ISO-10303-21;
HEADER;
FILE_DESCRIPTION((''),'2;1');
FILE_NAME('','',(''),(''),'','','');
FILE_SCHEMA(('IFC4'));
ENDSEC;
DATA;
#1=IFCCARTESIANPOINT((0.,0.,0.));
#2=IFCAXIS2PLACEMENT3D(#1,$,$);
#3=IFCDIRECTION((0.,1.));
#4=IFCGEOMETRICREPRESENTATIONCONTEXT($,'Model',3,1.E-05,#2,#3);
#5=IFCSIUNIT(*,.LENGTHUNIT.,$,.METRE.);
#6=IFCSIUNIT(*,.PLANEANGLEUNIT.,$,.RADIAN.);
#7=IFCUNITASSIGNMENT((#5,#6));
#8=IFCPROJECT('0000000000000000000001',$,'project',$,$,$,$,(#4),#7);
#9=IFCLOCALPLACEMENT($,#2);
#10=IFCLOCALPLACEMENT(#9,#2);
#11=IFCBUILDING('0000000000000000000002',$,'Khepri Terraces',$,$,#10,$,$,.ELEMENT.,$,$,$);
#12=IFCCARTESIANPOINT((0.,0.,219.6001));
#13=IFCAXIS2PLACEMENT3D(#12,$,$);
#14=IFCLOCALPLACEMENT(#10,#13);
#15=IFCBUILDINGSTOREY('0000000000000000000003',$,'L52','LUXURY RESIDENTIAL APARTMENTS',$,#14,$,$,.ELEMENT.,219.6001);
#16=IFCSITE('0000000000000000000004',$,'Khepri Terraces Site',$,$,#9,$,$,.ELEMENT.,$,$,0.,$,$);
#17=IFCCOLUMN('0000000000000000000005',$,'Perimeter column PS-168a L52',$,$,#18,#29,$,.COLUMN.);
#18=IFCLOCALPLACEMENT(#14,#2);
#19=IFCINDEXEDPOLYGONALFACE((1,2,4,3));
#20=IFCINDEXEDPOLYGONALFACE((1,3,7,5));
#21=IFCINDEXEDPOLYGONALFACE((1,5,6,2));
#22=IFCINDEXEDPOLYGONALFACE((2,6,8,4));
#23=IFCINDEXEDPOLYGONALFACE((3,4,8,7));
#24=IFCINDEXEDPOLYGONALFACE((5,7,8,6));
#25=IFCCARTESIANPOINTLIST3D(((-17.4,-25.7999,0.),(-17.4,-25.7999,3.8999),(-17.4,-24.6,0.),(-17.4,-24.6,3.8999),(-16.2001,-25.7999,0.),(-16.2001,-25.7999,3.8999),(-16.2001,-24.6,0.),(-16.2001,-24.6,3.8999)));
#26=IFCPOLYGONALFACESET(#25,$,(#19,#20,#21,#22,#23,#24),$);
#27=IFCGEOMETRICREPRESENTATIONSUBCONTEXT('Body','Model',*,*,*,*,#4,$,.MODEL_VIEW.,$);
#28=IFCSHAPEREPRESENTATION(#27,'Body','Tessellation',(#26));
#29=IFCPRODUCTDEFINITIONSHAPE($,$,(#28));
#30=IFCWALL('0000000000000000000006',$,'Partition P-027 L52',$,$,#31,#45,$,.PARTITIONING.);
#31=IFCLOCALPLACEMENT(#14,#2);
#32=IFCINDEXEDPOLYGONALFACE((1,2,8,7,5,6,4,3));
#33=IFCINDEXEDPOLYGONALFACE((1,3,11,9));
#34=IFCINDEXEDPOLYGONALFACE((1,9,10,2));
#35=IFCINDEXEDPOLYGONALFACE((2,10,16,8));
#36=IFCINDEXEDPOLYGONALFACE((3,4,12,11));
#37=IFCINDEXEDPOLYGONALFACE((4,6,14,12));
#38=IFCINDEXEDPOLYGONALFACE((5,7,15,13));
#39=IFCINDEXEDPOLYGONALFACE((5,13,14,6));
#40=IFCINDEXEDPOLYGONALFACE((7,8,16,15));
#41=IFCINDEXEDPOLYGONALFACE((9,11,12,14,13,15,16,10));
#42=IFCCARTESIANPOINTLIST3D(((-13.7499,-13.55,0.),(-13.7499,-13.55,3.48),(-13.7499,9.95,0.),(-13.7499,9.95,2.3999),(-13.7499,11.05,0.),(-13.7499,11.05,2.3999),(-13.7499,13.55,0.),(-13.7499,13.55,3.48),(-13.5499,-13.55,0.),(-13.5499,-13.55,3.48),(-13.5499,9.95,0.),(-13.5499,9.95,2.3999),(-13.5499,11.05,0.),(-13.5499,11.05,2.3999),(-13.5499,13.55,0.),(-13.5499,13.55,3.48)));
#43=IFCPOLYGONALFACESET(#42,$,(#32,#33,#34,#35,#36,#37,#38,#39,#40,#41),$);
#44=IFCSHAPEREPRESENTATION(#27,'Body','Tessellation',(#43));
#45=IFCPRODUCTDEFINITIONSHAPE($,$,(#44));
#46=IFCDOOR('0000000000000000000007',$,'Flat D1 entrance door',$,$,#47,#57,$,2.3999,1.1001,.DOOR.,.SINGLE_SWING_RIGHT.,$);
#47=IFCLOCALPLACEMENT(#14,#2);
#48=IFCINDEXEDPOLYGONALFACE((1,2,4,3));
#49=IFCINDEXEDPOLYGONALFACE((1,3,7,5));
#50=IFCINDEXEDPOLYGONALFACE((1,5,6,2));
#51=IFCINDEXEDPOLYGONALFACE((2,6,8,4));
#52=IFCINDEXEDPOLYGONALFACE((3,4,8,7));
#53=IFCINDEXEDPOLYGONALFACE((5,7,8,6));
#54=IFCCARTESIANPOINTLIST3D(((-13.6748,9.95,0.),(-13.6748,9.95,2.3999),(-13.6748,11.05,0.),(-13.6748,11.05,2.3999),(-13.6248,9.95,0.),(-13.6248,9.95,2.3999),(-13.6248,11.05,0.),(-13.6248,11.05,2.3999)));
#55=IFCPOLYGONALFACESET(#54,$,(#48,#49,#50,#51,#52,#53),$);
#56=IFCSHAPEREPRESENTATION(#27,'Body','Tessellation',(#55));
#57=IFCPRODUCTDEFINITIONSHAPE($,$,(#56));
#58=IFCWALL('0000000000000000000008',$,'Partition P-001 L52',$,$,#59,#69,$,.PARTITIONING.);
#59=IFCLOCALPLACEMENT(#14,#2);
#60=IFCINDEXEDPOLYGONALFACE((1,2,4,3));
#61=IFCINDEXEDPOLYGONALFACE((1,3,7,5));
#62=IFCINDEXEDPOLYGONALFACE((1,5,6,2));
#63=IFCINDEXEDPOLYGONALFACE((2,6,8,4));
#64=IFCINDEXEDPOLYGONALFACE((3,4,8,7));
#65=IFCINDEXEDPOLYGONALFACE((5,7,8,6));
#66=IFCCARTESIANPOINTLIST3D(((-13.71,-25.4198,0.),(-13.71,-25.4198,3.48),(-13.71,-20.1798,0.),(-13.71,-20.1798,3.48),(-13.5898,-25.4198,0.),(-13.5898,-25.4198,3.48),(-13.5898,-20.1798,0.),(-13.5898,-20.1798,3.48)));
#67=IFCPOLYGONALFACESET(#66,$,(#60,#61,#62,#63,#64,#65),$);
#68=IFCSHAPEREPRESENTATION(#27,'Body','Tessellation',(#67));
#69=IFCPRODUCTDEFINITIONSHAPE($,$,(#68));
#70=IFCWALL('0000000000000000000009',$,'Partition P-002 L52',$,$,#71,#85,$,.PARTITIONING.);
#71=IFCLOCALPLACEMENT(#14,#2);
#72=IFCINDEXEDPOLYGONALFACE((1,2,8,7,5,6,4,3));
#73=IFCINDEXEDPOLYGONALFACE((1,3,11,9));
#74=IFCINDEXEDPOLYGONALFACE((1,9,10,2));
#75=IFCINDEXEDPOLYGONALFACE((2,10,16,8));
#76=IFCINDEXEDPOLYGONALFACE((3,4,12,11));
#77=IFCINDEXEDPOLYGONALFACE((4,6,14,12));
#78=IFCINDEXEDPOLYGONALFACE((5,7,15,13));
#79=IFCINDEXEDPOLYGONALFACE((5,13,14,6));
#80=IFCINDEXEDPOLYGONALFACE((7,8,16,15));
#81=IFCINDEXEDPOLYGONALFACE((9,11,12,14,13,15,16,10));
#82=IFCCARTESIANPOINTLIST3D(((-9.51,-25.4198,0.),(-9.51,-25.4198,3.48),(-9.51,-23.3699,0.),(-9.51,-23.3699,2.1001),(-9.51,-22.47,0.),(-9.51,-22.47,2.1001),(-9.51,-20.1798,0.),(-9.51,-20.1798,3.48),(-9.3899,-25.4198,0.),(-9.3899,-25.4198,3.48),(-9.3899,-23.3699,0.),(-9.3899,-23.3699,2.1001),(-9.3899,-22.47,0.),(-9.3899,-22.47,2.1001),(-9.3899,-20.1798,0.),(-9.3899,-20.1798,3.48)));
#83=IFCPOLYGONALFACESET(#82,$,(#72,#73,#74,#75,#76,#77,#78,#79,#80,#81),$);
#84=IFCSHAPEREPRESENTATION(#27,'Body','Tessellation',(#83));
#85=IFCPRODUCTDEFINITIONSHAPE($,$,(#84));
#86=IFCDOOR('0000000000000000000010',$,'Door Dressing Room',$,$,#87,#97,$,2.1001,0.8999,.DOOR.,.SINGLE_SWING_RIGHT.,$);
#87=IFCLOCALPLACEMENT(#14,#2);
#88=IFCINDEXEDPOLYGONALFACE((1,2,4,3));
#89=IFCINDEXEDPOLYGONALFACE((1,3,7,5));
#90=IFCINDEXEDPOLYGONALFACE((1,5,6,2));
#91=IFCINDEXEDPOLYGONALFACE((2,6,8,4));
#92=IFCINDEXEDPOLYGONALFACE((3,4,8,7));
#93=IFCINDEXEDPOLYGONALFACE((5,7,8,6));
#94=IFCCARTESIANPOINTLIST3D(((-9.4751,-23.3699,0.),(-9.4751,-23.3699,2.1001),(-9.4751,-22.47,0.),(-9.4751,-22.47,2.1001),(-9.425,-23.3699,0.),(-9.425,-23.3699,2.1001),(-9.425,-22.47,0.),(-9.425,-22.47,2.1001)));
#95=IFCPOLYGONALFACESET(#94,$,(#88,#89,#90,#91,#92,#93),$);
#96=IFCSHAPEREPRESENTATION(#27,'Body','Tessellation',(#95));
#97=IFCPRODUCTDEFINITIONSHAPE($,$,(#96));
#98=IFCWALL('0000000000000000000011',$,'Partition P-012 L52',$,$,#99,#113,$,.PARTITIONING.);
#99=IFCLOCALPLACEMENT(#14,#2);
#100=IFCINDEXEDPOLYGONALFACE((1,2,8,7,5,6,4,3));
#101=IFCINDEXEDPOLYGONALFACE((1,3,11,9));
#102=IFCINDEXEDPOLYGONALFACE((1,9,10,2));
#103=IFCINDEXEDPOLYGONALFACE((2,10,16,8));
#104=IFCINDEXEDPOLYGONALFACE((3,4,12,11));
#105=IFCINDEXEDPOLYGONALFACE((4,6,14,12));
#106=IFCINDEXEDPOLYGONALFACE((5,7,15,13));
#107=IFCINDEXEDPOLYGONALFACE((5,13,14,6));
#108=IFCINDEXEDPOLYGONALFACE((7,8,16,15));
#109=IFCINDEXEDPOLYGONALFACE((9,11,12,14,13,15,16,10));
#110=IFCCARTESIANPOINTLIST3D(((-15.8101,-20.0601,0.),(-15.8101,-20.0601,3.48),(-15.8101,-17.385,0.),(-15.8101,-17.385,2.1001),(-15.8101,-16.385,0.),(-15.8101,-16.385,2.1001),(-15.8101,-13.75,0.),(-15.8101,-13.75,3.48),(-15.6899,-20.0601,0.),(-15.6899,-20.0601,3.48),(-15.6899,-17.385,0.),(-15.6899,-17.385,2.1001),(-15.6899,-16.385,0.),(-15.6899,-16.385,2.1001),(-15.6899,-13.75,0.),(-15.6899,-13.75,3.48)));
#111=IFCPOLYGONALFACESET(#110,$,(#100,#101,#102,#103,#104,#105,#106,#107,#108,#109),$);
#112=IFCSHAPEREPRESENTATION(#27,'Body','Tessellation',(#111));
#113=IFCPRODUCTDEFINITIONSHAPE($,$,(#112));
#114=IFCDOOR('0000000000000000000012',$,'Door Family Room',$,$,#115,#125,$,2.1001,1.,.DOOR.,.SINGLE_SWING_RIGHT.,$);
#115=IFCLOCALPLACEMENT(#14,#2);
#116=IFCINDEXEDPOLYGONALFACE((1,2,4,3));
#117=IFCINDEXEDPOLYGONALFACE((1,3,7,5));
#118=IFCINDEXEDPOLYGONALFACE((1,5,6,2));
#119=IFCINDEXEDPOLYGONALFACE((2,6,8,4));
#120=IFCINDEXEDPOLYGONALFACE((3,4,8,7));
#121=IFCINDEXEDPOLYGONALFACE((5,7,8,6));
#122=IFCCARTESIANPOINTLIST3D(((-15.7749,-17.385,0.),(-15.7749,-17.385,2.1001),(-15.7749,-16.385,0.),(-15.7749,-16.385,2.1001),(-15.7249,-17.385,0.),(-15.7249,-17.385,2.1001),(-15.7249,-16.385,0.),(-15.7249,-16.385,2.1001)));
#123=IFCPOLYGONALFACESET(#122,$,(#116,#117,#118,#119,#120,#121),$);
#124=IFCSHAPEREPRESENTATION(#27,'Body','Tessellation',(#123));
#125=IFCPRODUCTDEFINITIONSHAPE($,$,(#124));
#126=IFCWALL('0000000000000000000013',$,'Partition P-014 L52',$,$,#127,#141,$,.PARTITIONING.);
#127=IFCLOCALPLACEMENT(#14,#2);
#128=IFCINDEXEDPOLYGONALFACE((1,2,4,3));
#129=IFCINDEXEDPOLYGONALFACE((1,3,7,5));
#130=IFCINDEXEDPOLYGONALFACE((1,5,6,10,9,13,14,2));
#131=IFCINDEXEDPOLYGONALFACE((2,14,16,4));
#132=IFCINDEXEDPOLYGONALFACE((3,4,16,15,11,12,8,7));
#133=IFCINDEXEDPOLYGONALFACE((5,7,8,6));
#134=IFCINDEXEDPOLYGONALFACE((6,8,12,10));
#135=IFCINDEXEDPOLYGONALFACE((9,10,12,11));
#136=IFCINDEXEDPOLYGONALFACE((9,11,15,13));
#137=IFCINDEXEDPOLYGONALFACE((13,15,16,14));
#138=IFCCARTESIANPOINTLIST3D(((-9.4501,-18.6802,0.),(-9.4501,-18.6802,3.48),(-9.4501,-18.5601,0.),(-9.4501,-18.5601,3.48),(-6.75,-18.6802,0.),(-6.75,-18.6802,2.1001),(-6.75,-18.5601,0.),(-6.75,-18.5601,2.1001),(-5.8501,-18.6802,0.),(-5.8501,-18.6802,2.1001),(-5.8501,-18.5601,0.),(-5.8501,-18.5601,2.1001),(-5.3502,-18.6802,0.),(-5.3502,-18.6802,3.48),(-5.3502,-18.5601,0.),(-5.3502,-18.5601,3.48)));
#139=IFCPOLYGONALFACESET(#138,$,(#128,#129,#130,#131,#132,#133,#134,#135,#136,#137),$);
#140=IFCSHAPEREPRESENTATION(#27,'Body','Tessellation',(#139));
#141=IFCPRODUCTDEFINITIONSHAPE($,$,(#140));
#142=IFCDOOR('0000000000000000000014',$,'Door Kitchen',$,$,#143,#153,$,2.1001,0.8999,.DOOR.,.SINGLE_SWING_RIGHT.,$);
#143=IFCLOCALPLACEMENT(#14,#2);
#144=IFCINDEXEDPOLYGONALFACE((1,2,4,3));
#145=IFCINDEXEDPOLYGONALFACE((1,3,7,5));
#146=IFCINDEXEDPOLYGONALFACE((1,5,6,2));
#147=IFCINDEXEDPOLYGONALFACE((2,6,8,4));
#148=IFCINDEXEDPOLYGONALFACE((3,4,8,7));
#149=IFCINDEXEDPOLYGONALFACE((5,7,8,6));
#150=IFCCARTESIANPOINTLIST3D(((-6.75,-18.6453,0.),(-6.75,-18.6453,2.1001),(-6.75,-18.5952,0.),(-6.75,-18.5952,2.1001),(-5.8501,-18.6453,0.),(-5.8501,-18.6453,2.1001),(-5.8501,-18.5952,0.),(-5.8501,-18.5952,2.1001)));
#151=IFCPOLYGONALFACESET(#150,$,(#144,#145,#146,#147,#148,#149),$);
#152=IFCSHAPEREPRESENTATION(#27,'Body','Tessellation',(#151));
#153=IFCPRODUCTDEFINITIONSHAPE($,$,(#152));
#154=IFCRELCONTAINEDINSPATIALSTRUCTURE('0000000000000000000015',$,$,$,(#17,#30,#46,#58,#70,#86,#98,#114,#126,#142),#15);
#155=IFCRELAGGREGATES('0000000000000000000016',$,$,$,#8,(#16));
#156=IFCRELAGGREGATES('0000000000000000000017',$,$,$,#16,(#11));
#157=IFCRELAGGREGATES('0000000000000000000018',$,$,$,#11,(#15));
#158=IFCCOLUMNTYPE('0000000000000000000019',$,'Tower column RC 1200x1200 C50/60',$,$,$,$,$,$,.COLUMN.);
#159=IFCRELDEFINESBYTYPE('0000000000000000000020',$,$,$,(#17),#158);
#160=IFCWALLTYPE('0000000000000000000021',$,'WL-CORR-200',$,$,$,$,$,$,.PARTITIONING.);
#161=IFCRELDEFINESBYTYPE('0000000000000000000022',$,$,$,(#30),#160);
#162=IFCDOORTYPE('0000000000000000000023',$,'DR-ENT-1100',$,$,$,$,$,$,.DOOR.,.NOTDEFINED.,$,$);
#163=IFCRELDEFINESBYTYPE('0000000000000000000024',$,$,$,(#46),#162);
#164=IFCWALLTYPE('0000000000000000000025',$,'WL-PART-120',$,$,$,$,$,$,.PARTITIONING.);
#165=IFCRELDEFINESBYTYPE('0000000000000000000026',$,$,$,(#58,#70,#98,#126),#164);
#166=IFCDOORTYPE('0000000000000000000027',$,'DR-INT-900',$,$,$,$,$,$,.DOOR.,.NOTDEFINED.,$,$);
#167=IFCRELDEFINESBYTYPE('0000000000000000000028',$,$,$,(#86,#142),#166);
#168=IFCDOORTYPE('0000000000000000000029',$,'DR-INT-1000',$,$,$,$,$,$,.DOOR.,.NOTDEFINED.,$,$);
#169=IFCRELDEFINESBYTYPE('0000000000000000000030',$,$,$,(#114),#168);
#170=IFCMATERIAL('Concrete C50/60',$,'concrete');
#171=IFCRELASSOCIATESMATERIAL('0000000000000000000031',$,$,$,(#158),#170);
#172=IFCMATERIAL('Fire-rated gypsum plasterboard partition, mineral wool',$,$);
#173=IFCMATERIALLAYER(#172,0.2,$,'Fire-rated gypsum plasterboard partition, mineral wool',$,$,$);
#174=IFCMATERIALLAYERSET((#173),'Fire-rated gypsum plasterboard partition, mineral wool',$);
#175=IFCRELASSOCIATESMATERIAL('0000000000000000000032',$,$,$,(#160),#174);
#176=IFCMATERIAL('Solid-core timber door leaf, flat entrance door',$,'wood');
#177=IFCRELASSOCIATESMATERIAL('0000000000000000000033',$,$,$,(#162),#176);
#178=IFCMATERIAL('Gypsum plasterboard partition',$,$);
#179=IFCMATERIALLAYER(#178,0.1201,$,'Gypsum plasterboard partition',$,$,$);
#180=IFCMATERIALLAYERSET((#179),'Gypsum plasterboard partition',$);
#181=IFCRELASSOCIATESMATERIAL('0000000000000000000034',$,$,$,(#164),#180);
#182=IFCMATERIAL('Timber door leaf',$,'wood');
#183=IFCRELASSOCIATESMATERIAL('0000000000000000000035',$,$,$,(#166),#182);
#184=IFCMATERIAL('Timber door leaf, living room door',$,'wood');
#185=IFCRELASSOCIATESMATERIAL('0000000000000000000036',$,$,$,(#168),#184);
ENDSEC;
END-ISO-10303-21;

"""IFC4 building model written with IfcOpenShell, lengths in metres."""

from ifc_helpers import new_model, si_unit, direction, frame, frame_2d, origin, origin_2d, place, context, subcontext, project, spatial, rectangle, extrude, material, layer, layer_set, material_profile, profile_set, type_object, element, fill, save


model = new_model("IFC4")

# Units and contexts
model_context = context("Model", 3, precision=1e-05, world=origin(), true_north=direction((0.0, 1.0)))
body_context = subcontext(model_context, "Body", "Model", "MODEL_VIEW")
ifc_project = project(units=[si_unit("LENGTHUNIT", "METRE"), si_unit("PLANEANGLEUNIT", "RADIAN")], contexts=[model_context])

# Site, building, storey
site_placement = place(None, origin())
site = spatial("IfcSite", under=ifc_project, at=site_placement, Name="Khepri Terraces Site", CompositionType="ELEMENT", RefElevation=0.0)
building_placement = place(site_placement, origin())
building = spatial("IfcBuilding", under=site, at=building_placement, Name="Khepri Terraces", CompositionType="ELEMENT")
storey_placement = place(building_placement, frame((0.0, 0.0, 219.6001)))
storey = spatial("IfcBuildingStorey", under=building, at=storey_placement, Name="L52", Description="LUXURY RESIDENTIAL APARTMENTS", CompositionType="ELEMENT", Elevation=219.6001)

# Column
ifc_material_1 = material(Name="Concrete C50/60", Category="concrete")
ifc_material_profile = material_profile(ifc_material_1, rectangle(XDim=1.2, YDim=1.2, at=origin_2d()), Name="Concrete C50/60", Category="concrete")
ifc_profile_set = profile_set([ifc_material_profile], Name="Concrete C50/60")
column_type = type_object("IfcColumnType", Name="Tower column RC 1200x1200 C50/60", PredefinedType="COLUMN", material=ifc_profile_set)
column_placement = place(storey_placement, frame((-16.8, -25.2, 0.0), z_axis=(0.0, 0.0, 1.0), x_axis=(1.0, 0.0, 0.0)))
element("IfcColumn", 1, at=column_placement, inside=storey, type_object=column_type, Name="Perimeter column PS-168a L52", PredefinedType="COLUMN", context=body_context, shape_type="SweptSolid", body=[
    extrude(rectangle(XDim=1.2, YDim=1.2, at=origin_2d()), origin(), (0.0, 0.0, 1.0), 3.8999),
])

# Wall, opening, door
ifc_material_2 = material(Name="Fire-rated gypsum plasterboard partition, mineral wool")
ifc_layer_1 = layer(ifc_material_2, 0.2, Name="Fire-rated gypsum plasterboard partition, mineral wool")
ifc_layer_set_1 = layer_set([ifc_layer_1], Name="Fire-rated gypsum plasterboard partition, mineral wool")
wall_type_1 = type_object("IfcWallType", Name="WL-CORR-200", PredefinedType="PARTITIONING", material=ifc_layer_set_1)
wall_1_placement = place(storey_placement, frame((-13.6499, -13.55, 0.0), z_axis=(0.0, 0.0, 1.0), x_axis=(0.0, 1.0, 0.0)))
wall_1 = element("IfcWall", 2, at=wall_1_placement, inside=storey, type_object=wall_type_1, Name="Partition P-027 L52", PredefinedType="PARTITIONING", context=body_context, shape_type="SweptSolid", body=[
    extrude(rectangle(XDim=27.1001, YDim=0.2, at=frame_2d((13.55, 0.0))), origin(), (0.0, 0.0, 1.0), 3.48),
])
opening_1_placement = place(wall_1_placement, frame((23.5, 0.0, 0.0)))
opening_1 = element("IfcOpeningElement", 3, at=opening_1_placement, cuts=wall_1, PredefinedType="OPENING", context=body_context, shape_type="SweptSolid", body=[
    extrude(rectangle(XDim=1.1001, YDim=2.3999, at=frame_2d((0.55, 1.2))), frame((0.0, 0.1099, 0.0), z_axis=(0.0, -1.0, 0.0), x_axis=(1.0, 0.0, 0.0)), (0.0, 0.0, 1.0), 0.22),
])
ifc_material_3 = material(Name="Solid-core timber door leaf, flat entrance door", Category="wood")
door_type_1 = type_object("IfcDoorType", Name="DR-ENT-1100", OperationType="NOTDEFINED", PredefinedType="DOOR", material=ifc_material_3)
door_1_placement = place(opening_1_placement, origin())
door_1 = element("IfcDoor", 4, at=door_1_placement, inside=storey, type_object=door_type_1, Name="Flat D1 entrance door", OperationType="SINGLE_SWING_RIGHT", OverallHeight=2.3999, OverallWidth=1.1001, PredefinedType="DOOR", context=body_context, shape_type="SweptSolid", body=[
    extrude(rectangle(XDim=1.1001, YDim=2.3999, at=frame_2d((0.55, 1.2))), frame((0.0, 0.0249, 0.0), z_axis=(0.0, -1.0, 0.0), x_axis=(1.0, 0.0, 0.0)), (0.0, 0.0, 1.0), 0.05),
])
fill(opening_1, door_1)

# Wall
ifc_material_4 = material(Name="Gypsum plasterboard partition")
ifc_layer_2 = layer(ifc_material_4, 0.1201, Name="Gypsum plasterboard partition")
ifc_layer_set_2 = layer_set([ifc_layer_2], Name="Gypsum plasterboard partition")
wall_type_2 = type_object("IfcWallType", Name="WL-PART-120", PredefinedType="PARTITIONING", material=ifc_layer_set_2)
wall_2_placement = place(storey_placement, frame((-13.6499, -25.4199, 0.0), z_axis=(0.0, 0.0, 1.0), x_axis=(0.0, 1.0, 0.0)))
element("IfcWall", 5, at=wall_2_placement, inside=storey, type_object=wall_type_2, Name="Partition P-001 L52", PredefinedType="PARTITIONING", context=body_context, shape_type="SweptSolid", body=[
    extrude(rectangle(XDim=5.24, YDim=0.1201, at=frame_2d((2.6201, 0.0))), origin(), (0.0, 0.0, 1.0), 3.48),
])

# Walls, openings, doors
wall_3_placement = place(storey_placement, frame((-9.45, -25.4199, 0.0), z_axis=(0.0, 0.0, 1.0), x_axis=(0.0, 1.0, 0.0)))
wall_3 = element("IfcWall", 6, at=wall_3_placement, inside=storey, type_object=wall_type_2, Name="Partition P-002 L52", PredefinedType="PARTITIONING", context=body_context, shape_type="SweptSolid", body=[
    extrude(rectangle(XDim=5.24, YDim=0.1201, at=frame_2d((2.6201, 0.0))), origin(), (0.0, 0.0, 1.0), 3.48),
])
opening_2_placement = place(wall_3_placement, frame((2.05, 0.0, 0.0)))
opening_2 = element("IfcOpeningElement", 7, at=opening_2_placement, cuts=wall_3, PredefinedType="OPENING", context=body_context, shape_type="SweptSolid", body=[
    extrude(rectangle(XDim=0.8999, YDim=2.1001, at=frame_2d((0.45, 1.05))), frame((0.0, 0.0701, 0.0), z_axis=(0.0, -1.0, 0.0), x_axis=(1.0, 0.0, 0.0)), (0.0, 0.0, 1.0), 0.1401),
])
ifc_material_5 = material(Name="Timber door leaf", Category="wood")
door_type_2 = type_object("IfcDoorType", Name="DR-INT-900", OperationType="NOTDEFINED", PredefinedType="DOOR", material=ifc_material_5)
door_2_placement = place(opening_2_placement, frame((0.8999, 0.0, 0.0), z_axis=(0.0, 0.0, 1.0), x_axis=(-1.0, 0.0, 0.0)))
door_2 = element("IfcDoor", 8, at=door_2_placement, inside=storey, type_object=door_type_2, Name="Door Dressing Room", OperationType="SINGLE_SWING_RIGHT", OverallHeight=2.1001, OverallWidth=0.8999, PredefinedType="DOOR", context=body_context, shape_type="SweptSolid", body=[
    extrude(rectangle(XDim=0.8999, YDim=2.1001, at=frame_2d((0.45, 1.05))), frame((0.0, 0.0249, 0.0), z_axis=(0.0, -1.0, 0.0), x_axis=(1.0, 0.0, 0.0)), (0.0, 0.0, 1.0), 0.05),
])
fill(opening_2, door_2)
wall_4_placement = place(storey_placement, frame((-15.75, -20.0601, 0.0), z_axis=(0.0, 0.0, 1.0), x_axis=(0.0, 1.0, 0.0)))
wall_4 = element("IfcWall", 9, at=wall_4_placement, inside=storey, type_object=wall_type_2, Name="Partition P-012 L52", PredefinedType="PARTITIONING", context=body_context, shape_type="SweptSolid", body=[
    extrude(rectangle(XDim=6.3101, YDim=0.1201, at=frame_2d((3.155, 0.0))), origin(), (0.0, 0.0, 1.0), 3.48),
])
opening_3_placement = place(wall_4_placement, frame((2.675, 0.0, 0.0)))
opening_3 = element("IfcOpeningElement", 10, at=opening_3_placement, cuts=wall_4, PredefinedType="OPENING", context=body_context, shape_type="SweptSolid", body=[
    extrude(rectangle(XDim=1.0, YDim=2.1001, at=frame_2d((0.5, 1.05))), frame((0.0, 0.0701, 0.0), z_axis=(0.0, -1.0, 0.0), x_axis=(1.0, 0.0, 0.0)), (0.0, 0.0, 1.0), 0.1401),
])
ifc_material_6 = material(Name="Timber door leaf, living room door", Category="wood")
door_type_3 = type_object("IfcDoorType", Name="DR-INT-1000", OperationType="NOTDEFINED", PredefinedType="DOOR", material=ifc_material_6)
door_3_placement = place(opening_3_placement, origin())
door_3 = element("IfcDoor", 11, at=door_3_placement, inside=storey, type_object=door_type_3, Name="Door Family Room", OperationType="SINGLE_SWING_RIGHT", OverallHeight=2.1001, OverallWidth=1.0, PredefinedType="DOOR", context=body_context, shape_type="SweptSolid", body=[
    extrude(rectangle(XDim=1.0, YDim=2.1001, at=frame_2d((0.5, 1.05))), frame((0.0, 0.0249, 0.0), z_axis=(0.0, -1.0, 0.0), x_axis=(1.0, 0.0, 0.0)), (0.0, 0.0, 1.0), 0.05),
])
fill(opening_3, door_3)
wall_5_placement = place(storey_placement, frame((-9.45, -18.6201, 0.0), z_axis=(0.0, 0.0, 1.0), x_axis=(1.0, 0.0, 0.0)))
wall_5 = element("IfcWall", 12, at=wall_5_placement, inside=storey, type_object=wall_type_2, Name="Partition P-014 L52", PredefinedType="PARTITIONING", context=body_context, shape_type="SweptSolid", body=[
    extrude(rectangle(XDim=4.0999, YDim=0.1201, at=frame_2d((2.0498, 0.0))), origin(), (0.0, 0.0, 1.0), 3.48),
])
opening_4_placement = place(wall_5_placement, frame((2.7, 0.0, 0.0)))
opening_4 = element("IfcOpeningElement", 13, at=opening_4_placement, cuts=wall_5, PredefinedType="OPENING", context=body_context, shape_type="SweptSolid", body=[
    extrude(rectangle(XDim=0.8999, YDim=2.1001, at=frame_2d((0.45, 1.05))), frame((0.0, 0.0701, 0.0), z_axis=(0.0, -1.0, 0.0), x_axis=(1.0, 0.0, 0.0)), (0.0, 0.0, 1.0), 0.1401),
])
door_4_placement = place(opening_4_placement, origin())
door_4 = element("IfcDoor", 14, at=door_4_placement, inside=storey, type_object=door_type_2, Name="Door Kitchen", OperationType="SINGLE_SWING_RIGHT", OverallHeight=2.1001, OverallWidth=0.8999, PredefinedType="DOOR", context=body_context, shape_type="SweptSolid", body=[
    extrude(rectangle(XDim=0.8999, YDim=2.1001, at=frame_2d((0.45, 1.05))), frame((0.0, 0.0249, 0.0), z_axis=(0.0, -1.0, 0.0), x_axis=(1.0, 0.0, 0.0)), (0.0, 0.0, 1.0), 0.05),
])
fill(opening_4, door_4)

save(model, "model.ifc")
